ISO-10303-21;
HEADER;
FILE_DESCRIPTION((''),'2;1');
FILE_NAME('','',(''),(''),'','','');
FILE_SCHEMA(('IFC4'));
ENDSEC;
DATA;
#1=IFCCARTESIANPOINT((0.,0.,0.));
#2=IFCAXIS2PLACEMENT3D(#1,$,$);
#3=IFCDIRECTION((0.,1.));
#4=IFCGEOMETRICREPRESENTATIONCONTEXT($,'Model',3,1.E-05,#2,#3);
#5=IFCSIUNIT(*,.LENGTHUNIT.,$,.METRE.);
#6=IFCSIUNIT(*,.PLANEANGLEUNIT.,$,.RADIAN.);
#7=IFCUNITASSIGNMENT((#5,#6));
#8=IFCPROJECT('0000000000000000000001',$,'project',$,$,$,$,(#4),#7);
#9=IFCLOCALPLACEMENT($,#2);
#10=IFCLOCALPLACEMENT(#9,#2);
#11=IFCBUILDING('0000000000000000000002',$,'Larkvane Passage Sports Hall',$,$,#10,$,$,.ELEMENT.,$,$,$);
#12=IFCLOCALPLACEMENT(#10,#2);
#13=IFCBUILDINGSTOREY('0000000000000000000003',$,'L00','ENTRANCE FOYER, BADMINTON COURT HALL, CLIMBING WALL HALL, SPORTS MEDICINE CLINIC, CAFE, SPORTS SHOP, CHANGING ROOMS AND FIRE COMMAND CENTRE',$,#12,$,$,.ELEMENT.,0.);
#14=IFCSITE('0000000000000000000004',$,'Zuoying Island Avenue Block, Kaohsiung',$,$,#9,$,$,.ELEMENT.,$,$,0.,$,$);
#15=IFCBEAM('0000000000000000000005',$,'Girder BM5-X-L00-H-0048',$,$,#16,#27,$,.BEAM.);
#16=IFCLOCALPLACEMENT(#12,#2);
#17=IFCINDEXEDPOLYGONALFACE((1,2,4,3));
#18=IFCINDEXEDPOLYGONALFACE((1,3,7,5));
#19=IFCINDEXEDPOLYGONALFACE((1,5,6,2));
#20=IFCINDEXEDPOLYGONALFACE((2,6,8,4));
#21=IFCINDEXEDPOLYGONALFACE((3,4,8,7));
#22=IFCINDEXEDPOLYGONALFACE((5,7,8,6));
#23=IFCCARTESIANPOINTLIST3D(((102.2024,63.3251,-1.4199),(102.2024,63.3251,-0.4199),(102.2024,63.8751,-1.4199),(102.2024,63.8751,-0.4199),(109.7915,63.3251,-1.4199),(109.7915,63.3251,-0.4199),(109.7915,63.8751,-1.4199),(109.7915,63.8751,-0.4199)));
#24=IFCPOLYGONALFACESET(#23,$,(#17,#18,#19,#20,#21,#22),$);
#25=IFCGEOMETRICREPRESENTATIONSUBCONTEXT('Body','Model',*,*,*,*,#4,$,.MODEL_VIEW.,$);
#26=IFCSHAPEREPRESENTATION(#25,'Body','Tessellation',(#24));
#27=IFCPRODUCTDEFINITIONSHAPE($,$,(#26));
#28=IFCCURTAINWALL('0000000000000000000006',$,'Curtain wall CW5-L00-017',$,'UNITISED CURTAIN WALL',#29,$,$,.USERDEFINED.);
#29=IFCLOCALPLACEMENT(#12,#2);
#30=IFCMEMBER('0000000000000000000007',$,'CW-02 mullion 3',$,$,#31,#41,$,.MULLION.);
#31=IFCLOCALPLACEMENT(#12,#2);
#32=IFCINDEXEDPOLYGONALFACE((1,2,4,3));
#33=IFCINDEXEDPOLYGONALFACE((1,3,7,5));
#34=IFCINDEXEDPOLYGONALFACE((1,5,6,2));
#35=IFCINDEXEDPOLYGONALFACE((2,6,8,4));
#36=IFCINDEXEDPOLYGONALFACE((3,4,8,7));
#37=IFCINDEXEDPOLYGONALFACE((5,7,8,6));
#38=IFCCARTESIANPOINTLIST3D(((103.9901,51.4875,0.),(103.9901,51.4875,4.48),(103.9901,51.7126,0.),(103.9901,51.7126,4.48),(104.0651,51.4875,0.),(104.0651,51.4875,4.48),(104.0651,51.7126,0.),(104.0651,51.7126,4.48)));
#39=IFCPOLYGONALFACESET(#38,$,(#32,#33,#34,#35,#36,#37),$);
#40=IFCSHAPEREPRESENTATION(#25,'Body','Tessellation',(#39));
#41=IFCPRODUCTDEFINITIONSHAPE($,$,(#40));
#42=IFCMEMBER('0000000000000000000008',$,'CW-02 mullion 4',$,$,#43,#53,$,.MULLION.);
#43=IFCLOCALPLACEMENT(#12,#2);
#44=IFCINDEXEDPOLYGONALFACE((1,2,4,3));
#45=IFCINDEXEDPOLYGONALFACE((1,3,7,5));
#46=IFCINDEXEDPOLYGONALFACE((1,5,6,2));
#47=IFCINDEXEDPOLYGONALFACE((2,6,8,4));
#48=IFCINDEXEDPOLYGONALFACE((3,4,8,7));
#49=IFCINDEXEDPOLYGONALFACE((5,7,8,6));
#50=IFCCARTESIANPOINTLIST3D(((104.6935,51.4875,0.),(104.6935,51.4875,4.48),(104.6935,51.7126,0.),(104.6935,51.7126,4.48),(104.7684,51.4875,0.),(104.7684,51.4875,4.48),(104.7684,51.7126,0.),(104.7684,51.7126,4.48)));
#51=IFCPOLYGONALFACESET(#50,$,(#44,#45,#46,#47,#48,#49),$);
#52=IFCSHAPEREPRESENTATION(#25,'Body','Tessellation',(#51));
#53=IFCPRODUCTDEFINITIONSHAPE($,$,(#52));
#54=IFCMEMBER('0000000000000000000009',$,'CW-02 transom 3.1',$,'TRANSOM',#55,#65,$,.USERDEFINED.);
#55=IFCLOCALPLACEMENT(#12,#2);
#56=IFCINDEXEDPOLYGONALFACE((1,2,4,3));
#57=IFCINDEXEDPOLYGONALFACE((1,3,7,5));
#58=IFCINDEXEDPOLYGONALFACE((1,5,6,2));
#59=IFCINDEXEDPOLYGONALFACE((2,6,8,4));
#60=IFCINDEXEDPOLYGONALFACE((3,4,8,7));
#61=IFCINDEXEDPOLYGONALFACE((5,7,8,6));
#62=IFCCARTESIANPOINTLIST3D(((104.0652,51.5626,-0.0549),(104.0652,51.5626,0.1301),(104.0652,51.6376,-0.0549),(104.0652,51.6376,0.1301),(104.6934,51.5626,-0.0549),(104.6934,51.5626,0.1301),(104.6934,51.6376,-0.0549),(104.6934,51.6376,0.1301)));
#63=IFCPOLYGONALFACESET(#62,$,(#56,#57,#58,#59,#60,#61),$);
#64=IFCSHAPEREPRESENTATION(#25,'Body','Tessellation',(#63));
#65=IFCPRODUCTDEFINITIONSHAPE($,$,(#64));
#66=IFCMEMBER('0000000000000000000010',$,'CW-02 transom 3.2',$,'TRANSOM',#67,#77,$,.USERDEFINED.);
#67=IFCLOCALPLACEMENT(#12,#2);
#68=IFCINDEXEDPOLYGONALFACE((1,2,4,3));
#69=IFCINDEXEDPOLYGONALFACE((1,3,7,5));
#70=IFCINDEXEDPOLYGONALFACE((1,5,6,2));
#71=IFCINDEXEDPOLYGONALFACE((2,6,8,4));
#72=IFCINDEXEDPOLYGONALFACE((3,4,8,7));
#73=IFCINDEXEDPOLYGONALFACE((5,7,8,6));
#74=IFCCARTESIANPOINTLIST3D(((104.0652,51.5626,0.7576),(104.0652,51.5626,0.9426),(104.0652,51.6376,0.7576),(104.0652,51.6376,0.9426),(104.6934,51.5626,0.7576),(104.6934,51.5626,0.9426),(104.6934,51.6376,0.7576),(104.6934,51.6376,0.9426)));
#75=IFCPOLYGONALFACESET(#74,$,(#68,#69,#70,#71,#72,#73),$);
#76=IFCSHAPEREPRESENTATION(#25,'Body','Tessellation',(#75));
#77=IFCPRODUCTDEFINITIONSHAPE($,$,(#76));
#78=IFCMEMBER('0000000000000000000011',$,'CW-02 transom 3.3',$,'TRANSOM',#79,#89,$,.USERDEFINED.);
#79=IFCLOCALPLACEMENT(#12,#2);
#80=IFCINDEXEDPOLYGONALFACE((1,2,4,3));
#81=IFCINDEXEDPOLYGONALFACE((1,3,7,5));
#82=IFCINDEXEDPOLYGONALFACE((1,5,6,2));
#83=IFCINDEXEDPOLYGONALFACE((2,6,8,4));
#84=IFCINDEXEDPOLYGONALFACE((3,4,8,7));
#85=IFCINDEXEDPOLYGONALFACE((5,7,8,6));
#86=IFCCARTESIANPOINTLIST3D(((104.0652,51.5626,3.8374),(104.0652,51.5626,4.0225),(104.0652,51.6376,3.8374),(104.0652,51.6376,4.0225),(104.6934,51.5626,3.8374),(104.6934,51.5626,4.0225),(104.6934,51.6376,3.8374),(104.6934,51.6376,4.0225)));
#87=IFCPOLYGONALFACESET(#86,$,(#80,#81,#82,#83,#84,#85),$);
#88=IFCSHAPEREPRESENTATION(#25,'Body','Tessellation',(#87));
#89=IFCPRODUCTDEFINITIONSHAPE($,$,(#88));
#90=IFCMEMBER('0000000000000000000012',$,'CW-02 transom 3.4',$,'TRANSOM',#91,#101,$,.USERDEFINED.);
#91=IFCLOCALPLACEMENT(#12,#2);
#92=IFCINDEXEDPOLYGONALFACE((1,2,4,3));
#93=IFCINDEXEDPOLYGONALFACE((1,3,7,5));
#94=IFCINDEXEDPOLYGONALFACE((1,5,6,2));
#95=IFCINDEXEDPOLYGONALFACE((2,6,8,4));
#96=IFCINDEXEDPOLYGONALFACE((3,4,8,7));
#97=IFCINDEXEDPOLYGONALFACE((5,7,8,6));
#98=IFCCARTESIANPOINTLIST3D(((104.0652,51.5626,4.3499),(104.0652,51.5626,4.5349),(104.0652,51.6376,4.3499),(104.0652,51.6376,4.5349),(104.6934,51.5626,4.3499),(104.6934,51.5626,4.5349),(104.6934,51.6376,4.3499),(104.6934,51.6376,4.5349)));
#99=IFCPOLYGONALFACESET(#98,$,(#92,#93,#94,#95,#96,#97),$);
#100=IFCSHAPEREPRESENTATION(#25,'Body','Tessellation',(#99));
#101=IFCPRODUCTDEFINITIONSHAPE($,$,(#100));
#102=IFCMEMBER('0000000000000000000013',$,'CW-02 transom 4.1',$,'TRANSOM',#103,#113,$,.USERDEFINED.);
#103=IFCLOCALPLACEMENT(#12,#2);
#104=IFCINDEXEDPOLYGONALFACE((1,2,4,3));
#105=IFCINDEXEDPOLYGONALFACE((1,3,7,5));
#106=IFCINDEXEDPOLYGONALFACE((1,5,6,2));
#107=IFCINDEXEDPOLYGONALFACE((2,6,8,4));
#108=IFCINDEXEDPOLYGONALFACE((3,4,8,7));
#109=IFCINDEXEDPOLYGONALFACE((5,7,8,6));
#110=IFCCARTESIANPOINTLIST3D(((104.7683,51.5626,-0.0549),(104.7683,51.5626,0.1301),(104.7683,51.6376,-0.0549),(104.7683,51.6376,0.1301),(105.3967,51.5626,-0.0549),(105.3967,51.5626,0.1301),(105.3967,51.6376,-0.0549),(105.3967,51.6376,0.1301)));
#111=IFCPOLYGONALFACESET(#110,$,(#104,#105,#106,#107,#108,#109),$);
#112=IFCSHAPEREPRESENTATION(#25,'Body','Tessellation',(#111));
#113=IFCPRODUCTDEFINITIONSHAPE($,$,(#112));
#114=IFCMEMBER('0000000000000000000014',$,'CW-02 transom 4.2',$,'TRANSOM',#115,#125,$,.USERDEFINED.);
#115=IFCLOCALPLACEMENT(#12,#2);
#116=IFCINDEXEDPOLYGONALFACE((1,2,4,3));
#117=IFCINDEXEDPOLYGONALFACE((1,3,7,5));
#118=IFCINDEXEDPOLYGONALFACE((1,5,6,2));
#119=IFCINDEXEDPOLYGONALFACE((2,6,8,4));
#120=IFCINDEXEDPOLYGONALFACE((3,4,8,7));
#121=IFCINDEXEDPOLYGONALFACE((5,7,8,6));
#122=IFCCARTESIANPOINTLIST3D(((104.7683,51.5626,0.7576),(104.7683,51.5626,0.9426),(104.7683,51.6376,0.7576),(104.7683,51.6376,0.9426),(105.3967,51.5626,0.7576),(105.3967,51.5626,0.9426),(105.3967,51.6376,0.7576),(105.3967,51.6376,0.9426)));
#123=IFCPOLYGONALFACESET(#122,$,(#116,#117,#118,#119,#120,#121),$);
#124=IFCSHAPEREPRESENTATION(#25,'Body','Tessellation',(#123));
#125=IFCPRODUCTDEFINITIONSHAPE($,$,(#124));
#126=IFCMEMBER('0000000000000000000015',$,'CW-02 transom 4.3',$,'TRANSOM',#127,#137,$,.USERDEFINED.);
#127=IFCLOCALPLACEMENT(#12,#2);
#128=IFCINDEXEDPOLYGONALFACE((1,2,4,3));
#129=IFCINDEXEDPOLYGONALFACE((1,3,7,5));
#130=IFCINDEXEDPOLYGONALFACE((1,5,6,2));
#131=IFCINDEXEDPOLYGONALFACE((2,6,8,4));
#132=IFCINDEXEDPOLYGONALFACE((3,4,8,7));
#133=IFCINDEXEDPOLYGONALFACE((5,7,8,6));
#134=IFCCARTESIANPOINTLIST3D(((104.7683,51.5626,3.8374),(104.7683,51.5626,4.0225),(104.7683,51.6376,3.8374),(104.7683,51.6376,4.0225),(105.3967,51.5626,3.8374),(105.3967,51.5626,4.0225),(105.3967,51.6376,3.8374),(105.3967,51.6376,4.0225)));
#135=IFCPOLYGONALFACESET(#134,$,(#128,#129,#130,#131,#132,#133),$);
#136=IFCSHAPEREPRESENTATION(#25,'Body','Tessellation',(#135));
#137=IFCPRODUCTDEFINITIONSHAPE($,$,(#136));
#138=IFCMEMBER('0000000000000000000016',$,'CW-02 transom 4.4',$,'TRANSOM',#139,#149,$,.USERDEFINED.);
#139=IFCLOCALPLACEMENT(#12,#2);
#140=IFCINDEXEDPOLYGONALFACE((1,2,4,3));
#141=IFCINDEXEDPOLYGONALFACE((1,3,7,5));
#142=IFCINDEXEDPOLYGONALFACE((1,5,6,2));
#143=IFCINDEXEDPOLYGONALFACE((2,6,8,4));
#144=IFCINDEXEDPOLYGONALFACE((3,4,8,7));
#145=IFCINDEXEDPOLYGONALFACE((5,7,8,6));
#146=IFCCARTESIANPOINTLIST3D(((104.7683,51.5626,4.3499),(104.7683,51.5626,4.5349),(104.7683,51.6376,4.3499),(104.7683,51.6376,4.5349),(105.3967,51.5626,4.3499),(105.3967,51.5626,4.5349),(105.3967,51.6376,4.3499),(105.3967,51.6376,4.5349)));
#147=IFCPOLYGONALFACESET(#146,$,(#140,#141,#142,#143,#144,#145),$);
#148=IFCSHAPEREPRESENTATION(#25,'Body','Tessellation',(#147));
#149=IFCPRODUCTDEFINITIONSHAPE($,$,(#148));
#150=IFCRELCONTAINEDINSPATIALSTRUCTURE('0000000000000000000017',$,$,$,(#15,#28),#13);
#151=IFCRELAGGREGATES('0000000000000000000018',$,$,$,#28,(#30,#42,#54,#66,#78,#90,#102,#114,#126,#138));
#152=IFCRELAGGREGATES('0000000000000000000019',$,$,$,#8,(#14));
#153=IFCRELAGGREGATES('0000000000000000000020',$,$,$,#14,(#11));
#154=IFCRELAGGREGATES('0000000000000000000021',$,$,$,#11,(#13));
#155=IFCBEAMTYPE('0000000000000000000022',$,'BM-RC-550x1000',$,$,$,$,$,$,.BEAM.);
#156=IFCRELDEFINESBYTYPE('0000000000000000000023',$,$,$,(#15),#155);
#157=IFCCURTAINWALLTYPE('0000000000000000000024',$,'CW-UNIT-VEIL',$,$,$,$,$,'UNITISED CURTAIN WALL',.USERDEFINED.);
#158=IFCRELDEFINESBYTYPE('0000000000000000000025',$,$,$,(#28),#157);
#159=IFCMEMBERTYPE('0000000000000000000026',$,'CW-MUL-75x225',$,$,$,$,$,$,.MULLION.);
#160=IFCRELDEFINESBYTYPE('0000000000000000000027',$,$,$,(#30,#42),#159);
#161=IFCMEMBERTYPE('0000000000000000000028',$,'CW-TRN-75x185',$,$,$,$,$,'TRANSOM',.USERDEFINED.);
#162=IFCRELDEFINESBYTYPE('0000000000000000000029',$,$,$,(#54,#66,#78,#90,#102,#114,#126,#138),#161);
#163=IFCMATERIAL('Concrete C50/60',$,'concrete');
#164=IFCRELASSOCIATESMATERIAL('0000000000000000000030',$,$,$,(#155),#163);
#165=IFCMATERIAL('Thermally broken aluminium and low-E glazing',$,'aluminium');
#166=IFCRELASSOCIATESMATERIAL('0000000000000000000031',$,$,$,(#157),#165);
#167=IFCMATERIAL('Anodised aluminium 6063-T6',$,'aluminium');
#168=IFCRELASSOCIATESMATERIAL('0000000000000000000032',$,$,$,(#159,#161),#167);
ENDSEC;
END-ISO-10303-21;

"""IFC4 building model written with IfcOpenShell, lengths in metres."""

from ifc_helpers import new_model, si_unit, direction, frame, origin, origin_2d, place, context, subcontext, project, spatial, rectangle, extrude, material, material_profile, profile_set, type_object, element, aggregate, save


model = new_model("IFC4")

# Units and contexts
model_context = context("Model", 3, precision=1e-05, world=origin(), true_north=direction((0.0, 1.0)))
body_context = subcontext(model_context, "Body", "Model", "MODEL_VIEW")
ifc_project = project(units=[si_unit("LENGTHUNIT", "METRE"), si_unit("PLANEANGLEUNIT", "RADIAN")], contexts=[model_context])

# Site, building, storey
site_placement = place(None, origin())
site = spatial("IfcSite", under=ifc_project, at=site_placement, Name="Zuoying Island Avenue Block, Kaohsiung", CompositionType="ELEMENT", RefElevation=0.0)
building_placement = place(site_placement, origin())
building = spatial("IfcBuilding", under=site, at=building_placement, Name="Larkvane Passage Sports Hall", CompositionType="ELEMENT")
storey_placement = place(building_placement, origin())
storey = spatial("IfcBuildingStorey", under=building, at=storey_placement, Name="L00", Description="ENTRANCE FOYER, BADMINTON COURT HALL, CLIMBING WALL HALL, SPORTS MEDICINE CLINIC, CAFE, SPORTS SHOP, CHANGING ROOMS AND FIRE COMMAND CENTRE", CompositionType="ELEMENT", Elevation=0.0)

# Beam
ifc_material_1 = material(Name="Concrete C50/60", Category="concrete")
ifc_material_profile_1 = material_profile(ifc_material_1, rectangle(XDim=0.55, YDim=1.0, at=origin_2d()), Name="RC-BM-550x1000")
ifc_profile_set_1 = profile_set([ifc_material_profile_1], Name="Concrete C50/60")
beam_type_1 = type_object("IfcBeamType", Name="BM-RC-550x1000", PredefinedType="BEAM", material=ifc_profile_set_1)
beam_1_placement = place(storey_placement, frame((102.2024, 63.6001, -0.9199), z_axis=(1.0, 0.0, 0.0), x_axis=(0.0, 1.0, 0.0)))
element("IfcBeam", 1, at=beam_1_placement, inside=storey, type_object=beam_type_1, Name="Girder BM5-X-L00-H-0048", PredefinedType="BEAM", context=body_context, shape_type="SweptSolid", body=[
    extrude(rectangle(XDim=0.55, YDim=1.0, at=origin_2d()), origin(), (0.0, 0.0, 1.0), 7.5891),
])

# Curtain wall, members
ifc_material_2 = material(Name="Thermally broken aluminium and low-E glazing", Category="aluminium")
curtain_wall_type = type_object("IfcCurtainWallType", Name="CW-UNIT-VEIL", ElementType="UNITISED CURTAIN WALL", PredefinedType="USERDEFINED", material=ifc_material_2)
curtain_wall_placement = place(storey_placement, origin())
curtain_wall = element("IfcCurtainWall", 2, at=curtain_wall_placement, inside=storey, type_object=curtain_wall_type, Name="Curtain wall CW5-L00-017", ObjectType="UNITISED CURTAIN WALL", PredefinedType="USERDEFINED")
ifc_material_3 = material(Name="Anodised aluminium 6063-T6", Category="aluminium")
ifc_material_profile_2 = material_profile(ifc_material_3, rectangle(XDim=0.075, YDim=0.2251, at=origin_2d()), Name="ALU-MUL-75x225")
ifc_profile_set_2 = profile_set([ifc_material_profile_2], Name="Anodised aluminium 6063-T6")
member_type_1 = type_object("IfcMemberType", Name="CW-MUL-75x225", PredefinedType="MULLION", material=ifc_profile_set_2)
member_1_placement = place(storey_placement, frame((104.0276, 51.6001, 0.0), z_axis=(0.0, 0.0, 1.0), x_axis=(1.0, 0.0, 0.0)))
member_1 = element("IfcMember", 3, at=member_1_placement, type_object=member_type_1, Name="CW-02 mullion 3", PredefinedType="MULLION", context=body_context, shape_type="SweptSolid", body=[
    extrude(rectangle(XDim=0.075, YDim=0.2251, at=origin_2d()), origin(), (0.0, 0.0, 1.0), 4.48),
])
member_2_placement = place(storey_placement, frame((104.731, 51.6001, 0.0), z_axis=(0.0, 0.0, 1.0), x_axis=(1.0, 0.0, 0.0)))
member_2 = element("IfcMember", 4, at=member_2_placement, type_object=member_type_1, Name="CW-02 mullion 4", PredefinedType="MULLION", context=body_context, shape_type="SweptSolid", body=[
    extrude(rectangle(XDim=0.075, YDim=0.2251, at=origin_2d()), origin(), (0.0, 0.0, 1.0), 4.48),
])
ifc_material_profile_3 = material_profile(ifc_material_3, rectangle(XDim=0.075, YDim=0.1851, at=origin_2d()), Name="ALU-TRN-75x185")
ifc_profile_set_3 = profile_set([ifc_material_profile_3], Name="Anodised aluminium 6063-T6")
member_type_2 = type_object("IfcMemberType", Name="CW-TRN-75x185", ElementType="TRANSOM", PredefinedType="USERDEFINED", material=ifc_profile_set_3)
member_3_placement = place(storey_placement, frame((104.0652, 51.6001, 0.0376), z_axis=(1.0, 0.0, 0.0), x_axis=(0.0, 1.0, 0.0)))
member_3 = element("IfcMember", 5, at=member_3_placement, type_object=member_type_2, Name="CW-02 transom 3.1", ObjectType="TRANSOM", PredefinedType="USERDEFINED", context=body_context, shape_type="SweptSolid", body=[
    extrude(rectangle(XDim=0.075, YDim=0.1851, at=origin_2d()), origin(), (0.0, 0.0, 1.0), 0.6282),
])
member_4_placement = place(storey_placement, frame((104.0652, 51.6001, 0.8501), z_axis=(1.0, 0.0, 0.0), x_axis=(0.0, 1.0, 0.0)))
member_4 = element("IfcMember", 6, at=member_4_placement, type_object=member_type_2, Name="CW-02 transom 3.2", ObjectType="TRANSOM", PredefinedType="USERDEFINED", context=body_context, shape_type="SweptSolid", body=[
    extrude(rectangle(XDim=0.075, YDim=0.1851, at=origin_2d()), origin(), (0.0, 0.0, 1.0), 0.6282),
])
member_5_placement = place(storey_placement, frame((104.0652, 51.6001, 3.9299), z_axis=(1.0, 0.0, 0.0), x_axis=(0.0, 1.0, 0.0)))
member_5 = element("IfcMember", 7, at=member_5_placement, type_object=member_type_2, Name="CW-02 transom 3.3", ObjectType="TRANSOM", PredefinedType="USERDEFINED", context=body_context, shape_type="SweptSolid", body=[
    extrude(rectangle(XDim=0.075, YDim=0.1851, at=origin_2d()), origin(), (0.0, 0.0, 1.0), 0.6282),
])
member_6_placement = place(storey_placement, frame((104.0652, 51.6001, 4.4424), z_axis=(1.0, 0.0, 0.0), x_axis=(0.0, 1.0, 0.0)))
member_6 = element("IfcMember", 8, at=member_6_placement, type_object=member_type_2, Name="CW-02 transom 3.4", ObjectType="TRANSOM", PredefinedType="USERDEFINED", context=body_context, shape_type="SweptSolid", body=[
    extrude(rectangle(XDim=0.075, YDim=0.1851, at=origin_2d()), origin(), (0.0, 0.0, 1.0), 0.6282),
])
member_7_placement = place(storey_placement, frame((104.7683, 51.6001, 0.0376), z_axis=(1.0, 0.0, 0.0), x_axis=(0.0, 1.0, 0.0)))
member_7 = element("IfcMember", 9, at=member_7_placement, type_object=member_type_2, Name="CW-02 transom 4.1", ObjectType="TRANSOM", PredefinedType="USERDEFINED", context=body_context, shape_type="SweptSolid", body=[
    extrude(rectangle(XDim=0.075, YDim=0.1851, at=origin_2d()), origin(), (0.0, 0.0, 1.0), 0.6284),
])
member_8_placement = place(storey_placement, frame((104.7683, 51.6001, 0.8501), z_axis=(1.0, 0.0, 0.0), x_axis=(0.0, 1.0, 0.0)))
member_8 = element("IfcMember", 10, at=member_8_placement, type_object=member_type_2, Name="CW-02 transom 4.2", ObjectType="TRANSOM", PredefinedType="USERDEFINED", context=body_context, shape_type="SweptSolid", body=[
    extrude(rectangle(XDim=0.075, YDim=0.1851, at=origin_2d()), origin(), (0.0, 0.0, 1.0), 0.6284),
])
member_9_placement = place(storey_placement, frame((104.7683, 51.6001, 3.9299), z_axis=(1.0, 0.0, 0.0), x_axis=(0.0, 1.0, 0.0)))
member_9 = element("IfcMember", 11, at=member_9_placement, type_object=member_type_2, Name="CW-02 transom 4.3", ObjectType="TRANSOM", PredefinedType="USERDEFINED", context=body_context, shape_type="SweptSolid", body=[
    extrude(rectangle(XDim=0.075, YDim=0.1851, at=origin_2d()), origin(), (0.0, 0.0, 1.0), 0.6284),
])
member_10_placement = place(storey_placement, frame((104.7683, 51.6001, 4.4424), z_axis=(1.0, 0.0, 0.0), x_axis=(0.0, 1.0, 0.0)))
member_10 = element("IfcMember", 12, at=member_10_placement, type_object=member_type_2, Name="CW-02 transom 4.4", ObjectType="TRANSOM", PredefinedType="USERDEFINED", context=body_context, shape_type="SweptSolid", body=[
    extrude(rectangle(XDim=0.075, YDim=0.1851, at=origin_2d()), origin(), (0.0, 0.0, 1.0), 0.6284),
])

aggregate(curtain_wall, [member_1, member_2, member_3, member_4, member_5, member_6, member_7, member_8, member_9, member_10])

save(model, "model.ifc")
